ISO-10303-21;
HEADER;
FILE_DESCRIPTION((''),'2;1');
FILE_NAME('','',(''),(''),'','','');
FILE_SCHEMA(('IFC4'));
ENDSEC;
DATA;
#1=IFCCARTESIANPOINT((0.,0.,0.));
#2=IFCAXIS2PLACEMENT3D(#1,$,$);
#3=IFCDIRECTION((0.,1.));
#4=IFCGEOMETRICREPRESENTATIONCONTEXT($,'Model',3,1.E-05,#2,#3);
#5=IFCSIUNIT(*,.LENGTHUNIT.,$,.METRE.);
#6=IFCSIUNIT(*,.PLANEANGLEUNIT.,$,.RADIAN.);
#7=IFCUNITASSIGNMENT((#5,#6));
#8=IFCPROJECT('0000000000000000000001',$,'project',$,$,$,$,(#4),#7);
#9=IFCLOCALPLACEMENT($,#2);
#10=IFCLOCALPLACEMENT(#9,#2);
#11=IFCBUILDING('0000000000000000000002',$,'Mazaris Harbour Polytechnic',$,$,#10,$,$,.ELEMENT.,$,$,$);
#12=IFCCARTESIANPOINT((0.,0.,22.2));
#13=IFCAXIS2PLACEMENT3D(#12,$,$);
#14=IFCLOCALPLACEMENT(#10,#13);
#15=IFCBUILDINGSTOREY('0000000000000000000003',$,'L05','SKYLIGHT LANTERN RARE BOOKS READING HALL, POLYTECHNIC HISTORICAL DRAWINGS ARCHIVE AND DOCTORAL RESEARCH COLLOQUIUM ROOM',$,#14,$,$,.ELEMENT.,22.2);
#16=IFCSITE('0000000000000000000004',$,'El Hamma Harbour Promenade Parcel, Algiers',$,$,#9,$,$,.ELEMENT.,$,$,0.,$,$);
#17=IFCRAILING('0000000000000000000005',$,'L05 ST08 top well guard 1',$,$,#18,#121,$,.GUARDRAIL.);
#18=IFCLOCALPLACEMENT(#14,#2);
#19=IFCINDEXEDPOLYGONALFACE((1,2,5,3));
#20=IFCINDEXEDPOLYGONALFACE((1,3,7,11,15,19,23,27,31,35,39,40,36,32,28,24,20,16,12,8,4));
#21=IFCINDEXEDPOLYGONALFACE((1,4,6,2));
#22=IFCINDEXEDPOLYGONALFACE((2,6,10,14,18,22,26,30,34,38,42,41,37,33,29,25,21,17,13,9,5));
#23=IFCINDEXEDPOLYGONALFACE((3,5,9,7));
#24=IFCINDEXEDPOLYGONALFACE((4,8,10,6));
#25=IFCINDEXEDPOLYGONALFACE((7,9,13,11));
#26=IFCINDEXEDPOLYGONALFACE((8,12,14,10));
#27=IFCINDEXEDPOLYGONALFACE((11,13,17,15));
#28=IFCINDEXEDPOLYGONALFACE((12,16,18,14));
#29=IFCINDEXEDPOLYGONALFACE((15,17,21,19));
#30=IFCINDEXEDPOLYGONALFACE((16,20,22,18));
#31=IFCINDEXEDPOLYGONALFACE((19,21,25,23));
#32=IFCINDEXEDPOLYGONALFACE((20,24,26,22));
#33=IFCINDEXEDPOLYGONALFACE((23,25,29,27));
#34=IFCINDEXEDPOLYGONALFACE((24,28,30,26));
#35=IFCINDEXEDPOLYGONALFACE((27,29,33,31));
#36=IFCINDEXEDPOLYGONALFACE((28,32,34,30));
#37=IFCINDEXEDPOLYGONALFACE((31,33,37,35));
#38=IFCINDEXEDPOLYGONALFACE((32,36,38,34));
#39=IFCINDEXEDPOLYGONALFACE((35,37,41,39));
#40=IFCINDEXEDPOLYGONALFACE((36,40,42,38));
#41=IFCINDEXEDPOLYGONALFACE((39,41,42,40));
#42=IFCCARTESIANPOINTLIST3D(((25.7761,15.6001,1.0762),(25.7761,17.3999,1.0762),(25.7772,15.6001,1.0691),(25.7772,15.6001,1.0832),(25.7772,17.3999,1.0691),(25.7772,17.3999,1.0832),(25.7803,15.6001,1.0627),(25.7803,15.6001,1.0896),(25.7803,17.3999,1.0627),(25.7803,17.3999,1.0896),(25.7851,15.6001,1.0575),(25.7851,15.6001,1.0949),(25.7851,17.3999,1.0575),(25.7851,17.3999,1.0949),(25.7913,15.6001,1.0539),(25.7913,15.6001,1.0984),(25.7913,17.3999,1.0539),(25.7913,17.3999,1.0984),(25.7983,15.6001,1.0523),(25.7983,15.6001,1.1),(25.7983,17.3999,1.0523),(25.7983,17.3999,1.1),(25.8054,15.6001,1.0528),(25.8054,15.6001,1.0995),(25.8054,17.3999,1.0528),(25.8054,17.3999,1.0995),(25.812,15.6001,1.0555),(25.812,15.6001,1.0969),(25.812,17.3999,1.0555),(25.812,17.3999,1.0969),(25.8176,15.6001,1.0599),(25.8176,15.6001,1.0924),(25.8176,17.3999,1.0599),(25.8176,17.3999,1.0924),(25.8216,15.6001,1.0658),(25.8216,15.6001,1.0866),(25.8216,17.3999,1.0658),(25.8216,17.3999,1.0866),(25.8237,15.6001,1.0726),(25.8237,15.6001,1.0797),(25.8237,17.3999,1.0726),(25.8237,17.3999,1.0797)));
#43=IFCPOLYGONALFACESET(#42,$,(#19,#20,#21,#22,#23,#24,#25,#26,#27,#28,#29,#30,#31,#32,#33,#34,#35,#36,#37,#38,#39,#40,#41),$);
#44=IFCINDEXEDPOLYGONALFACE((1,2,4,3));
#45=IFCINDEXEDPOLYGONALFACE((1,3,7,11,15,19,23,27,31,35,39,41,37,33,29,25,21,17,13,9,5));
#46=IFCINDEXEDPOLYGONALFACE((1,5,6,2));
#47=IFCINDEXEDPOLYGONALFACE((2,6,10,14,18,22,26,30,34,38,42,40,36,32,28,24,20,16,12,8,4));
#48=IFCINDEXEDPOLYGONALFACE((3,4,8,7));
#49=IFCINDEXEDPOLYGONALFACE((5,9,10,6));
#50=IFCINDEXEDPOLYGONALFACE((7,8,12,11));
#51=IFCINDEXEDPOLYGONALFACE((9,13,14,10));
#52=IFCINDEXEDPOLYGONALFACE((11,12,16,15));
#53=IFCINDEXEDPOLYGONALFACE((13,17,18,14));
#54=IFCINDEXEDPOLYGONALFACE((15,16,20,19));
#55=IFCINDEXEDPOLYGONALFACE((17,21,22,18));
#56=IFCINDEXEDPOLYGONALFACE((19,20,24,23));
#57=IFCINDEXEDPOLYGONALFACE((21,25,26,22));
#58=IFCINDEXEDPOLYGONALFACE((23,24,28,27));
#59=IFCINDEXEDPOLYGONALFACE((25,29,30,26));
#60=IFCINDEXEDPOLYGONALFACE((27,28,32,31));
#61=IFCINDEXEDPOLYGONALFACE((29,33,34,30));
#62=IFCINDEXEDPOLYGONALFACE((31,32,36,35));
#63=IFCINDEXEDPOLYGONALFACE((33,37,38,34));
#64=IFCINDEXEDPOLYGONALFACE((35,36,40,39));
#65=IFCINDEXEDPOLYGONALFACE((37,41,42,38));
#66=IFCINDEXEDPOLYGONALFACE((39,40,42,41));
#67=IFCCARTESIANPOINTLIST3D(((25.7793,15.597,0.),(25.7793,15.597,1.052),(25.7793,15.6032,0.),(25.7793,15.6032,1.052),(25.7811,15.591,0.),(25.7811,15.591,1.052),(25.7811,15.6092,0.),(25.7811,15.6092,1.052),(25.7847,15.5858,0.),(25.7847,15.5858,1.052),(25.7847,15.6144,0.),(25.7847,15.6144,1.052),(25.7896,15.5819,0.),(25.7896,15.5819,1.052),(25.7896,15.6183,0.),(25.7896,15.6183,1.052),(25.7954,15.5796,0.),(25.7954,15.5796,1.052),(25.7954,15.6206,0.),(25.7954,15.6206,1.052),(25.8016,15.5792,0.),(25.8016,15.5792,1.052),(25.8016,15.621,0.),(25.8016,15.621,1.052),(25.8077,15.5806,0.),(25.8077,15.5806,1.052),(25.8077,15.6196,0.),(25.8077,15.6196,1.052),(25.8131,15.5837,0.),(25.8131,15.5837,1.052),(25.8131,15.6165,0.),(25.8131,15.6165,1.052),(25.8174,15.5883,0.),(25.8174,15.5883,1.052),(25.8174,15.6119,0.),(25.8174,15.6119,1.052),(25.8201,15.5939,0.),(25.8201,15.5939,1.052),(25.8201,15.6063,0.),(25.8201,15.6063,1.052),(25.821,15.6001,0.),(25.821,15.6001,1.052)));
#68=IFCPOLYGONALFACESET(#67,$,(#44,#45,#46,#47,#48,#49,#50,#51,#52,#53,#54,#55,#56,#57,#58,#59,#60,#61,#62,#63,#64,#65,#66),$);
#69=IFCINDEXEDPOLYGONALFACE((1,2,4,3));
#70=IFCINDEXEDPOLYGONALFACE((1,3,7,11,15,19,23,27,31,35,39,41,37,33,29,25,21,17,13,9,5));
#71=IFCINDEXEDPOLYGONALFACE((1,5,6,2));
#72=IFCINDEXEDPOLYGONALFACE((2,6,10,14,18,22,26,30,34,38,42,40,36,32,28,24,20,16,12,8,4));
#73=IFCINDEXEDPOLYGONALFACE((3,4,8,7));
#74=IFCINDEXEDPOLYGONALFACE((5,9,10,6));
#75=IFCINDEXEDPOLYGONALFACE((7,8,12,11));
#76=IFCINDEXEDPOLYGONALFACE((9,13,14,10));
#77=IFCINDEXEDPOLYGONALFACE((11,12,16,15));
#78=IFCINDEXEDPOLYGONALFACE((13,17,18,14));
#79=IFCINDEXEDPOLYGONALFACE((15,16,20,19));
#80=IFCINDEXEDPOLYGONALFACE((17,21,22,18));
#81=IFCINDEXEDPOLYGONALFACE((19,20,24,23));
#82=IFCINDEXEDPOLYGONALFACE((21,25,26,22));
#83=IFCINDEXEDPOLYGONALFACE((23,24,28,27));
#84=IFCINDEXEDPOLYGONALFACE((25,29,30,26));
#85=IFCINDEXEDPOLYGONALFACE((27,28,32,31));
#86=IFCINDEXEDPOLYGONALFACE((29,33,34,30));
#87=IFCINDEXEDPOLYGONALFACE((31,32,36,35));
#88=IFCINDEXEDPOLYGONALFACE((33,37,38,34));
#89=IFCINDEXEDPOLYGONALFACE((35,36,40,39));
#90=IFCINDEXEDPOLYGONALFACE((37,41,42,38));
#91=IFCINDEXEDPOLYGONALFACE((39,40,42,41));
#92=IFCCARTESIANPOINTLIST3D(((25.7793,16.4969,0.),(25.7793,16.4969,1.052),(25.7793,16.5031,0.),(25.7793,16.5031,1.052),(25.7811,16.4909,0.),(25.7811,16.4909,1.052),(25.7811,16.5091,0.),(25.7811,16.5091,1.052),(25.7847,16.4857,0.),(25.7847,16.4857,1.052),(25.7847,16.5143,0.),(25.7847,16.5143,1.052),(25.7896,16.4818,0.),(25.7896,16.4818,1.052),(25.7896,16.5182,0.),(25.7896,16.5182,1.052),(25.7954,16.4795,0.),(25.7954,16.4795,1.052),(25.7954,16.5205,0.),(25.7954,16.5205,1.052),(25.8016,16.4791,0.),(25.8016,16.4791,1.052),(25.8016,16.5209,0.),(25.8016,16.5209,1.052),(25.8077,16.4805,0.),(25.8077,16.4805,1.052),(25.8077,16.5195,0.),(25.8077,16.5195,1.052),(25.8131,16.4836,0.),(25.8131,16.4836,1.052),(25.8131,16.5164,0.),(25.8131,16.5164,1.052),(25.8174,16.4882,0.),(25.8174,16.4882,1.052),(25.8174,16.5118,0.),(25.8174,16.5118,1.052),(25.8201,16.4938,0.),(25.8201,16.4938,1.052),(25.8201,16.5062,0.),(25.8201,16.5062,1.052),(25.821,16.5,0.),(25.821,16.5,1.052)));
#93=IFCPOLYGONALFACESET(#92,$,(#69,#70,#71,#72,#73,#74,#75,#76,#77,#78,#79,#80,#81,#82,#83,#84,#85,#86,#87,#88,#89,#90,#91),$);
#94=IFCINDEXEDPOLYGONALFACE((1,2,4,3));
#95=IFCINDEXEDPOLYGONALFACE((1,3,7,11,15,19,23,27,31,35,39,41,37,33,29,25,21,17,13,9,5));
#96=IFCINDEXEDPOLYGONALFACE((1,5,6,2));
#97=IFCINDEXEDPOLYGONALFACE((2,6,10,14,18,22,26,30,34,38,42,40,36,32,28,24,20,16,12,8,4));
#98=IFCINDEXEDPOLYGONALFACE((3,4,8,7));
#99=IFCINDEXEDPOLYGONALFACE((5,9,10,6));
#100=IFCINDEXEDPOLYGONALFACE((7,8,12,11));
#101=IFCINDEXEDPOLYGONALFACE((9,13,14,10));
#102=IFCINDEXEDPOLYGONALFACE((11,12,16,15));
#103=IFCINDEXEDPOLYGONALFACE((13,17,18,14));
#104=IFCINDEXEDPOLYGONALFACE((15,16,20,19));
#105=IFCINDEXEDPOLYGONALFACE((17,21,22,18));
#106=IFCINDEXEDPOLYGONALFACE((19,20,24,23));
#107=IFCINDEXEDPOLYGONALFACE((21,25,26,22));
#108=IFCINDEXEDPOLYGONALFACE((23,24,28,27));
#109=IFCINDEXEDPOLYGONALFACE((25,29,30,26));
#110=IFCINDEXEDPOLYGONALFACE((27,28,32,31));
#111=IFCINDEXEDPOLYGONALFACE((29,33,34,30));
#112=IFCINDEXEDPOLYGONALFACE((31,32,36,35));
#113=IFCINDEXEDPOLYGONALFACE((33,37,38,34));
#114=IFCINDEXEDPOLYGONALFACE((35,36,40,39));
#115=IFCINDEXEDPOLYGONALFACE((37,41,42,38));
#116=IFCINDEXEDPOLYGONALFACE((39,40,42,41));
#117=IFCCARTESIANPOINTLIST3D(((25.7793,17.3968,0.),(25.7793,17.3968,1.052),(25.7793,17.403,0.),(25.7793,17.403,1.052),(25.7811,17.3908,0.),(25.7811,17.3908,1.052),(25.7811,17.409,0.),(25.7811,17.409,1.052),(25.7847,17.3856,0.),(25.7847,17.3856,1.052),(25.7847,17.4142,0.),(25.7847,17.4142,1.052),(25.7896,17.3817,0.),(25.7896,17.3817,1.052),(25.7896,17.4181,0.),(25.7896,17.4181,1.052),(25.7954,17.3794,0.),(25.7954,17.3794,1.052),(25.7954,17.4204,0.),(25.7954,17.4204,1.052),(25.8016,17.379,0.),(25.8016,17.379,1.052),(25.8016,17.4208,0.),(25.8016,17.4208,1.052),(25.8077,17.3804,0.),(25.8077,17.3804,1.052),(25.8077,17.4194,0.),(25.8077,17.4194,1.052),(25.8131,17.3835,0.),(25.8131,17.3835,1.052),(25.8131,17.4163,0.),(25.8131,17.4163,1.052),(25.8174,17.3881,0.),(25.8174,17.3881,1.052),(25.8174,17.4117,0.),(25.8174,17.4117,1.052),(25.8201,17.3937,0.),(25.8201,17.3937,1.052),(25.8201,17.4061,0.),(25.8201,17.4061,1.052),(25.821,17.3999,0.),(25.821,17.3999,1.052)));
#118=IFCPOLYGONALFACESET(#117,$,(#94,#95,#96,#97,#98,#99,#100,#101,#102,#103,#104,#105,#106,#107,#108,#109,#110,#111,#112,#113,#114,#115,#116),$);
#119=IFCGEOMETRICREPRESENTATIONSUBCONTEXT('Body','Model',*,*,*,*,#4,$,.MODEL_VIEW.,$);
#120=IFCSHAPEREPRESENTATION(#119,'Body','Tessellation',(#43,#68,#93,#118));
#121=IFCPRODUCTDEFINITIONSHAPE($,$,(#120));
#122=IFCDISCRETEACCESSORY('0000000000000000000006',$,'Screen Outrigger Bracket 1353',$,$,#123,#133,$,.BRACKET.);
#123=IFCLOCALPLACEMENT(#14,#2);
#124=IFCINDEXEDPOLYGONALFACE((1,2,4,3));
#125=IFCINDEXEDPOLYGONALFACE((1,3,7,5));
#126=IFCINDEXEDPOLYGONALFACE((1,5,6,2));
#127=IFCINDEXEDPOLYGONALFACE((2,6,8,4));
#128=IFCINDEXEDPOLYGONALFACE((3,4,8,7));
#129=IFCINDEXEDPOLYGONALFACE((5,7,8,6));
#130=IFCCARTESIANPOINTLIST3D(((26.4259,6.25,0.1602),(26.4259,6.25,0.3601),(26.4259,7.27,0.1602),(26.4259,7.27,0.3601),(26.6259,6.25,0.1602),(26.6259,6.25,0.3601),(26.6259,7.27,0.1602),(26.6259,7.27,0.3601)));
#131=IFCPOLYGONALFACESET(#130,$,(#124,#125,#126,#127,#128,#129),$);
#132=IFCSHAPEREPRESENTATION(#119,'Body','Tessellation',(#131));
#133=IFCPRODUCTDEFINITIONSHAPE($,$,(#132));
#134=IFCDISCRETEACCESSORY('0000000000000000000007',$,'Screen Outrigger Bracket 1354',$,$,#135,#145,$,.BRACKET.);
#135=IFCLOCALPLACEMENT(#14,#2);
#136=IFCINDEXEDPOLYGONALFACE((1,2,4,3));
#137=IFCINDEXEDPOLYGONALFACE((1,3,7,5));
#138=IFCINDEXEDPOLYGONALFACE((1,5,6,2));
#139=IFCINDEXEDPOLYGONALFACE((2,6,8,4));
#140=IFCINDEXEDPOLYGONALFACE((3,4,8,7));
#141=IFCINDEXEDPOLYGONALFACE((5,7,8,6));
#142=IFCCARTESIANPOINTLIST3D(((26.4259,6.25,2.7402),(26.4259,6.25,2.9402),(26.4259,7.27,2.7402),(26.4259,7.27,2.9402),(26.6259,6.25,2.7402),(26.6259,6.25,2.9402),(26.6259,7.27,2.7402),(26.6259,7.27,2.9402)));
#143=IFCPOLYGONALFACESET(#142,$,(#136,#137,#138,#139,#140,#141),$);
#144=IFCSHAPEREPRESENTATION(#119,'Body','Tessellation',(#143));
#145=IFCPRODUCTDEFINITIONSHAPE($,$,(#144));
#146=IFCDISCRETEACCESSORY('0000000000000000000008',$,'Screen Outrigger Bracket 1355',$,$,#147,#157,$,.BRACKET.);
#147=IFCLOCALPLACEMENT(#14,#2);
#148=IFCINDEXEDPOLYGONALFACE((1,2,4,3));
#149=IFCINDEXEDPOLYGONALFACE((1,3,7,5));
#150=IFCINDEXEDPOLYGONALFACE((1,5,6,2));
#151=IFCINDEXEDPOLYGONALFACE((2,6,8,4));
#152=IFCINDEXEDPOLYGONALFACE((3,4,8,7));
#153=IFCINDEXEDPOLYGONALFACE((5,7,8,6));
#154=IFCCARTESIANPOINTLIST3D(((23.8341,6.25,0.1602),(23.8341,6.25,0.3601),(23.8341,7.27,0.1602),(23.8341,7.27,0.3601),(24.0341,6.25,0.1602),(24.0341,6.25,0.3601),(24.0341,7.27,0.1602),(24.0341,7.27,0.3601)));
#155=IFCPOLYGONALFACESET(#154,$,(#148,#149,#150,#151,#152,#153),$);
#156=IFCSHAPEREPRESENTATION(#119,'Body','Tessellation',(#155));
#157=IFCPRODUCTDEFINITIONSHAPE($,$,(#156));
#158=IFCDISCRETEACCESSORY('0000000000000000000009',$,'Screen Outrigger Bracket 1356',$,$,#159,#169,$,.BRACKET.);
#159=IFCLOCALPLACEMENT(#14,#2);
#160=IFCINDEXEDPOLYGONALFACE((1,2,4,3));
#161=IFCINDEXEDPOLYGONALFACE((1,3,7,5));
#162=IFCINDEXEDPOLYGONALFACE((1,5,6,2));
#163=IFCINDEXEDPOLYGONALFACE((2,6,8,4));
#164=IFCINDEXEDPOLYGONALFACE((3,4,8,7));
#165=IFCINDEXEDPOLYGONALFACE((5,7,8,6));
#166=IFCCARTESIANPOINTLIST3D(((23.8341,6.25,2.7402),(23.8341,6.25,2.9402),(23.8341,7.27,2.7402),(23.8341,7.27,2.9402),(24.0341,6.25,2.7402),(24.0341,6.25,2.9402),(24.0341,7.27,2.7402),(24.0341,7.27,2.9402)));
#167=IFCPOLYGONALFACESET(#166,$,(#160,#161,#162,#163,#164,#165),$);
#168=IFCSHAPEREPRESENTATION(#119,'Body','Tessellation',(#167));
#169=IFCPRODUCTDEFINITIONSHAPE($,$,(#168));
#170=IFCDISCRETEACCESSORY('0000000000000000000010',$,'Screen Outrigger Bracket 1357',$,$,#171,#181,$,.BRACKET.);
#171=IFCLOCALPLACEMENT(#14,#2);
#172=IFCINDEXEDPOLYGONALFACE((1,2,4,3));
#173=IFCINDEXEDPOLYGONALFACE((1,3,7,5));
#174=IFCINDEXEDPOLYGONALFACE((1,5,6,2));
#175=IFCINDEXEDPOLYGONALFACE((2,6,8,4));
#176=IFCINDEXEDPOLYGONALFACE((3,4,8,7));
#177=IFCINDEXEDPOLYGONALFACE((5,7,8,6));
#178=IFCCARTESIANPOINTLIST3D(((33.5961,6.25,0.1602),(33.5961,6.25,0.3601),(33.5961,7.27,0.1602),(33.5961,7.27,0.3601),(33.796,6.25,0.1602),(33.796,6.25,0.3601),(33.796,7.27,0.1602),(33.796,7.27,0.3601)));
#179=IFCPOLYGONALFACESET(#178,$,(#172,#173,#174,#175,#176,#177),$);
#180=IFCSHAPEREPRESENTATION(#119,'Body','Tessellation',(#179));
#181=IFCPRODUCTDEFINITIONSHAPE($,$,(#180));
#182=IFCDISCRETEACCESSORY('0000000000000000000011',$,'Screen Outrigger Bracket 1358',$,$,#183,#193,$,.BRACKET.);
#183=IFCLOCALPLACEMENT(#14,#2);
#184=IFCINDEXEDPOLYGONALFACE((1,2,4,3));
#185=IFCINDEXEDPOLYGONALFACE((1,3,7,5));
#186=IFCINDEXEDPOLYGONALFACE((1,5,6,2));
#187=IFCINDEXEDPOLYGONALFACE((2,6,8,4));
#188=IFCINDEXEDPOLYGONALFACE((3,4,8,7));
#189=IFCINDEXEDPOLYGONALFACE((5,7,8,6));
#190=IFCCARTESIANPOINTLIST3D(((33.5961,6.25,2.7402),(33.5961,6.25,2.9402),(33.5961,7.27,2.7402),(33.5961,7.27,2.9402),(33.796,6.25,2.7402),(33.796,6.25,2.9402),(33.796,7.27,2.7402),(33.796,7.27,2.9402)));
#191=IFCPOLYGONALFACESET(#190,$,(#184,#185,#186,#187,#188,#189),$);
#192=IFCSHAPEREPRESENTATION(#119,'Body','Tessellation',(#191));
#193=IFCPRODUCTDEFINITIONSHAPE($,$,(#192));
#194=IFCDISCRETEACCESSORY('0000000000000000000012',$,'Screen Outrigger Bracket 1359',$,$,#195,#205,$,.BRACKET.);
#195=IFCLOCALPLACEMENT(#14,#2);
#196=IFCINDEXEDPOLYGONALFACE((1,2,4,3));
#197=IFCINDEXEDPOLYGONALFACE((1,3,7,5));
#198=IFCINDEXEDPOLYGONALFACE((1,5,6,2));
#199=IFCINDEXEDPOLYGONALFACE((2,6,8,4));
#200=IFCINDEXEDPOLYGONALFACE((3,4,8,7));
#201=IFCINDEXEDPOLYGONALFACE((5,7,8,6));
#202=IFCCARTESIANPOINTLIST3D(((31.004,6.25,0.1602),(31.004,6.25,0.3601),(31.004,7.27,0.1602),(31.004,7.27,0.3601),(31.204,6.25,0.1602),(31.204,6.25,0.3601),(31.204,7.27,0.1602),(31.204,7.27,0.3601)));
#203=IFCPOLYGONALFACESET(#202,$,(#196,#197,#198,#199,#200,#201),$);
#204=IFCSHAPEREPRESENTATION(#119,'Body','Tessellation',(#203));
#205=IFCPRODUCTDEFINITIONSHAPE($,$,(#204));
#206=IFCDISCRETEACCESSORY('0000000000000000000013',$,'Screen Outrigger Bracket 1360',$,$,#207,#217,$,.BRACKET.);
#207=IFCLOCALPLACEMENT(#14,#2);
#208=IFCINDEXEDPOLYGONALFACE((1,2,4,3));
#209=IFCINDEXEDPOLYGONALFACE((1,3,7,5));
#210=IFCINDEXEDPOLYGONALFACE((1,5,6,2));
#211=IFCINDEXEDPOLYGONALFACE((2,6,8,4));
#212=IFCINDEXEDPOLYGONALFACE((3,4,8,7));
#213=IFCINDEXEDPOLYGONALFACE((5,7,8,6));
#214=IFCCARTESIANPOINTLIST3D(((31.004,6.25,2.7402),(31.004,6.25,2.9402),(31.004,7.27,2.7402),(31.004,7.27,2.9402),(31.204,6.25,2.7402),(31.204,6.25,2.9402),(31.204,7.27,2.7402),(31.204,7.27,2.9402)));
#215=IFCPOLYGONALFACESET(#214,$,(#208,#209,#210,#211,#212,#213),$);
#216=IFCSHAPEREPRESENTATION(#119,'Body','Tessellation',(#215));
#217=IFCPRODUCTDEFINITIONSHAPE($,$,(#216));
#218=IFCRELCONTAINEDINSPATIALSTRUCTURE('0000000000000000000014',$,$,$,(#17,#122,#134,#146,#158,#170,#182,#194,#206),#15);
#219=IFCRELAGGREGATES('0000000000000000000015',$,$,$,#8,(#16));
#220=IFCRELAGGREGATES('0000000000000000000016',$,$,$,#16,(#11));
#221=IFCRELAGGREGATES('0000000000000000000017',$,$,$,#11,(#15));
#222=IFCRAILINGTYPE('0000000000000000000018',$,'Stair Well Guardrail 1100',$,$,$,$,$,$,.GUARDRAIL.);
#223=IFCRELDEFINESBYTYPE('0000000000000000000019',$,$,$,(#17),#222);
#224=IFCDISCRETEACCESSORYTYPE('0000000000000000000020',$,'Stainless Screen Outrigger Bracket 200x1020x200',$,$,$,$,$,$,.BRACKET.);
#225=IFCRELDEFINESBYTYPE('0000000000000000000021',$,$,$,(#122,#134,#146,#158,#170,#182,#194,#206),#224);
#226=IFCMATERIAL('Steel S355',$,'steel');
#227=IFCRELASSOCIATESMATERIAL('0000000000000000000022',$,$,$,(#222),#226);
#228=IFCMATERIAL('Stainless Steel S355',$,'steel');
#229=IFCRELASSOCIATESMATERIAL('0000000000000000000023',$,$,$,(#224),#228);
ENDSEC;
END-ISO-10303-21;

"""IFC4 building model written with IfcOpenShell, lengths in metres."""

from ifc_helpers import new_model, si_unit, direction, frame, origin, origin_2d, place, context, subcontext, project, spatial, rectangle, circle, extrude, material, type_object, element, save


model = new_model("IFC4")

# Units and contexts
model_context = context("Model", 3, precision=1e-05, world=origin(), true_north=direction((0.0, 1.0)))
body_context = subcontext(model_context, "Body", "Model", "MODEL_VIEW")
ifc_project = project(units=[si_unit("LENGTHUNIT", "METRE"), si_unit("PLANEANGLEUNIT", "RADIAN")], contexts=[model_context])

# Site, building, storey
site_placement = place(None, origin())
site = spatial("IfcSite", under=ifc_project, at=site_placement, Name="El Hamma Harbour Promenade Parcel, Algiers", CompositionType="ELEMENT", RefElevation=0.0)
building_placement = place(site_placement, origin())
building = spatial("IfcBuilding", under=site, at=building_placement, Name="Mazaris Harbour Polytechnic", CompositionType="ELEMENT")
storey_placement = place(building_placement, frame((0.0, 0.0, 22.2)))
storey = spatial("IfcBuildingStorey", under=building, at=storey_placement, Name="L05", Description="SKYLIGHT LANTERN RARE BOOKS READING HALL, POLYTECHNIC HISTORICAL DRAWINGS ARCHIVE AND DOCTORAL RESEARCH COLLOQUIUM ROOM", CompositionType="ELEMENT", Elevation=22.2)

# Railing
ifc_material_1 = material(Name="Steel S355", Category="steel")
railing_type_1 = type_object("IfcRailingType", Name="Stair Well Guardrail 1100", PredefinedType="GUARDRAIL", material=ifc_material_1)
railing_placement = place(storey_placement, frame((25.8, 15.6001, 0.0)))
element("IfcRailing", 1, at=railing_placement, inside=storey, type_object=railing_type_1, Name="L05 ST08 top well guard 1", PredefinedType="GUARDRAIL", context=body_context, shape_type="SweptSolid", body=[
    extrude(circle(Radius=0.0239, at=origin_2d()), frame((0.0, 0.0, 1.0762), z_axis=(0.0, 1.0, 0.0), x_axis=(-1.0, 0.0, 0.0)), (0.0, 0.0, 1.0), 1.7998),
    extrude(circle(Radius=0.021, at=origin_2d()), origin(), (0.0, 0.0, 1.0), 1.052),
    extrude(circle(Radius=0.021, at=origin_2d()), frame((0.0, 0.8999, 0.0)), (0.0, 0.0, 1.0), 1.052),
    extrude(circle(Radius=0.021, at=origin_2d()), frame((0.0, 1.7998, 0.0)), (0.0, 0.0, 1.0), 1.052),
])

# Discrete accessories
ifc_material_2 = material(Name="Stainless Steel S355", Category="steel")
discrete_accessory_type = type_object("IfcDiscreteAccessoryType", Name="Stainless Screen Outrigger Bracket 200x1020x200", PredefinedType="BRACKET", material=ifc_material_2)
for number, where, z_axis, x_axis, name in (
    (2, (26.5259, 6.76, 0.1602), (0.0, 0.0, 1.0), (-1.0, 0.0, 0.0), "Screen Outrigger Bracket 1353"),
    (3, (26.5259, 6.76, 2.7402), (0.0, 0.0, 1.0), (-1.0, 0.0, 0.0), "Screen Outrigger Bracket 1354"),
    (4, (23.9341, 6.76, 0.1602), (0.0, 0.0, 1.0), (-1.0, 0.0, 0.0), "Screen Outrigger Bracket 1355"),
    (5, (23.9341, 6.76, 2.7402), (0.0, 0.0, 1.0), (-1.0, 0.0, 0.0), "Screen Outrigger Bracket 1356"),
    (6, (33.696, 6.76, 0.1602), (0.0, 0.0, 1.0), (-1.0, 0.0, 0.0), "Screen Outrigger Bracket 1357"),
    (7, (33.696, 6.76, 2.7402), (0.0, 0.0, 1.0), (-1.0, 0.0, 0.0), "Screen Outrigger Bracket 1358"),
    (8, (31.104, 6.76, 0.1602), (0.0, 0.0, 1.0), (-1.0, 0.0, 0.0), "Screen Outrigger Bracket 1359"),
    (9, (31.104, 6.76, 2.7402), (0.0, 0.0, 1.0), (-1.0, 0.0, 0.0), "Screen Outrigger Bracket 1360"),
):
    element("IfcDiscreteAccessory", number, at=place(storey_placement, frame(where, z_axis=z_axis, x_axis=x_axis)), inside=storey, type_object=discrete_accessory_type, Name=name, PredefinedType="BRACKET", context=body_context, shape_type="SweptSolid", body=[
        extrude(rectangle(XDim=0.2, YDim=1.02, at=origin_2d()), origin(), (0.0, 0.0, 1.0), 0.2),
    ])

save(model, "model.ifc")
